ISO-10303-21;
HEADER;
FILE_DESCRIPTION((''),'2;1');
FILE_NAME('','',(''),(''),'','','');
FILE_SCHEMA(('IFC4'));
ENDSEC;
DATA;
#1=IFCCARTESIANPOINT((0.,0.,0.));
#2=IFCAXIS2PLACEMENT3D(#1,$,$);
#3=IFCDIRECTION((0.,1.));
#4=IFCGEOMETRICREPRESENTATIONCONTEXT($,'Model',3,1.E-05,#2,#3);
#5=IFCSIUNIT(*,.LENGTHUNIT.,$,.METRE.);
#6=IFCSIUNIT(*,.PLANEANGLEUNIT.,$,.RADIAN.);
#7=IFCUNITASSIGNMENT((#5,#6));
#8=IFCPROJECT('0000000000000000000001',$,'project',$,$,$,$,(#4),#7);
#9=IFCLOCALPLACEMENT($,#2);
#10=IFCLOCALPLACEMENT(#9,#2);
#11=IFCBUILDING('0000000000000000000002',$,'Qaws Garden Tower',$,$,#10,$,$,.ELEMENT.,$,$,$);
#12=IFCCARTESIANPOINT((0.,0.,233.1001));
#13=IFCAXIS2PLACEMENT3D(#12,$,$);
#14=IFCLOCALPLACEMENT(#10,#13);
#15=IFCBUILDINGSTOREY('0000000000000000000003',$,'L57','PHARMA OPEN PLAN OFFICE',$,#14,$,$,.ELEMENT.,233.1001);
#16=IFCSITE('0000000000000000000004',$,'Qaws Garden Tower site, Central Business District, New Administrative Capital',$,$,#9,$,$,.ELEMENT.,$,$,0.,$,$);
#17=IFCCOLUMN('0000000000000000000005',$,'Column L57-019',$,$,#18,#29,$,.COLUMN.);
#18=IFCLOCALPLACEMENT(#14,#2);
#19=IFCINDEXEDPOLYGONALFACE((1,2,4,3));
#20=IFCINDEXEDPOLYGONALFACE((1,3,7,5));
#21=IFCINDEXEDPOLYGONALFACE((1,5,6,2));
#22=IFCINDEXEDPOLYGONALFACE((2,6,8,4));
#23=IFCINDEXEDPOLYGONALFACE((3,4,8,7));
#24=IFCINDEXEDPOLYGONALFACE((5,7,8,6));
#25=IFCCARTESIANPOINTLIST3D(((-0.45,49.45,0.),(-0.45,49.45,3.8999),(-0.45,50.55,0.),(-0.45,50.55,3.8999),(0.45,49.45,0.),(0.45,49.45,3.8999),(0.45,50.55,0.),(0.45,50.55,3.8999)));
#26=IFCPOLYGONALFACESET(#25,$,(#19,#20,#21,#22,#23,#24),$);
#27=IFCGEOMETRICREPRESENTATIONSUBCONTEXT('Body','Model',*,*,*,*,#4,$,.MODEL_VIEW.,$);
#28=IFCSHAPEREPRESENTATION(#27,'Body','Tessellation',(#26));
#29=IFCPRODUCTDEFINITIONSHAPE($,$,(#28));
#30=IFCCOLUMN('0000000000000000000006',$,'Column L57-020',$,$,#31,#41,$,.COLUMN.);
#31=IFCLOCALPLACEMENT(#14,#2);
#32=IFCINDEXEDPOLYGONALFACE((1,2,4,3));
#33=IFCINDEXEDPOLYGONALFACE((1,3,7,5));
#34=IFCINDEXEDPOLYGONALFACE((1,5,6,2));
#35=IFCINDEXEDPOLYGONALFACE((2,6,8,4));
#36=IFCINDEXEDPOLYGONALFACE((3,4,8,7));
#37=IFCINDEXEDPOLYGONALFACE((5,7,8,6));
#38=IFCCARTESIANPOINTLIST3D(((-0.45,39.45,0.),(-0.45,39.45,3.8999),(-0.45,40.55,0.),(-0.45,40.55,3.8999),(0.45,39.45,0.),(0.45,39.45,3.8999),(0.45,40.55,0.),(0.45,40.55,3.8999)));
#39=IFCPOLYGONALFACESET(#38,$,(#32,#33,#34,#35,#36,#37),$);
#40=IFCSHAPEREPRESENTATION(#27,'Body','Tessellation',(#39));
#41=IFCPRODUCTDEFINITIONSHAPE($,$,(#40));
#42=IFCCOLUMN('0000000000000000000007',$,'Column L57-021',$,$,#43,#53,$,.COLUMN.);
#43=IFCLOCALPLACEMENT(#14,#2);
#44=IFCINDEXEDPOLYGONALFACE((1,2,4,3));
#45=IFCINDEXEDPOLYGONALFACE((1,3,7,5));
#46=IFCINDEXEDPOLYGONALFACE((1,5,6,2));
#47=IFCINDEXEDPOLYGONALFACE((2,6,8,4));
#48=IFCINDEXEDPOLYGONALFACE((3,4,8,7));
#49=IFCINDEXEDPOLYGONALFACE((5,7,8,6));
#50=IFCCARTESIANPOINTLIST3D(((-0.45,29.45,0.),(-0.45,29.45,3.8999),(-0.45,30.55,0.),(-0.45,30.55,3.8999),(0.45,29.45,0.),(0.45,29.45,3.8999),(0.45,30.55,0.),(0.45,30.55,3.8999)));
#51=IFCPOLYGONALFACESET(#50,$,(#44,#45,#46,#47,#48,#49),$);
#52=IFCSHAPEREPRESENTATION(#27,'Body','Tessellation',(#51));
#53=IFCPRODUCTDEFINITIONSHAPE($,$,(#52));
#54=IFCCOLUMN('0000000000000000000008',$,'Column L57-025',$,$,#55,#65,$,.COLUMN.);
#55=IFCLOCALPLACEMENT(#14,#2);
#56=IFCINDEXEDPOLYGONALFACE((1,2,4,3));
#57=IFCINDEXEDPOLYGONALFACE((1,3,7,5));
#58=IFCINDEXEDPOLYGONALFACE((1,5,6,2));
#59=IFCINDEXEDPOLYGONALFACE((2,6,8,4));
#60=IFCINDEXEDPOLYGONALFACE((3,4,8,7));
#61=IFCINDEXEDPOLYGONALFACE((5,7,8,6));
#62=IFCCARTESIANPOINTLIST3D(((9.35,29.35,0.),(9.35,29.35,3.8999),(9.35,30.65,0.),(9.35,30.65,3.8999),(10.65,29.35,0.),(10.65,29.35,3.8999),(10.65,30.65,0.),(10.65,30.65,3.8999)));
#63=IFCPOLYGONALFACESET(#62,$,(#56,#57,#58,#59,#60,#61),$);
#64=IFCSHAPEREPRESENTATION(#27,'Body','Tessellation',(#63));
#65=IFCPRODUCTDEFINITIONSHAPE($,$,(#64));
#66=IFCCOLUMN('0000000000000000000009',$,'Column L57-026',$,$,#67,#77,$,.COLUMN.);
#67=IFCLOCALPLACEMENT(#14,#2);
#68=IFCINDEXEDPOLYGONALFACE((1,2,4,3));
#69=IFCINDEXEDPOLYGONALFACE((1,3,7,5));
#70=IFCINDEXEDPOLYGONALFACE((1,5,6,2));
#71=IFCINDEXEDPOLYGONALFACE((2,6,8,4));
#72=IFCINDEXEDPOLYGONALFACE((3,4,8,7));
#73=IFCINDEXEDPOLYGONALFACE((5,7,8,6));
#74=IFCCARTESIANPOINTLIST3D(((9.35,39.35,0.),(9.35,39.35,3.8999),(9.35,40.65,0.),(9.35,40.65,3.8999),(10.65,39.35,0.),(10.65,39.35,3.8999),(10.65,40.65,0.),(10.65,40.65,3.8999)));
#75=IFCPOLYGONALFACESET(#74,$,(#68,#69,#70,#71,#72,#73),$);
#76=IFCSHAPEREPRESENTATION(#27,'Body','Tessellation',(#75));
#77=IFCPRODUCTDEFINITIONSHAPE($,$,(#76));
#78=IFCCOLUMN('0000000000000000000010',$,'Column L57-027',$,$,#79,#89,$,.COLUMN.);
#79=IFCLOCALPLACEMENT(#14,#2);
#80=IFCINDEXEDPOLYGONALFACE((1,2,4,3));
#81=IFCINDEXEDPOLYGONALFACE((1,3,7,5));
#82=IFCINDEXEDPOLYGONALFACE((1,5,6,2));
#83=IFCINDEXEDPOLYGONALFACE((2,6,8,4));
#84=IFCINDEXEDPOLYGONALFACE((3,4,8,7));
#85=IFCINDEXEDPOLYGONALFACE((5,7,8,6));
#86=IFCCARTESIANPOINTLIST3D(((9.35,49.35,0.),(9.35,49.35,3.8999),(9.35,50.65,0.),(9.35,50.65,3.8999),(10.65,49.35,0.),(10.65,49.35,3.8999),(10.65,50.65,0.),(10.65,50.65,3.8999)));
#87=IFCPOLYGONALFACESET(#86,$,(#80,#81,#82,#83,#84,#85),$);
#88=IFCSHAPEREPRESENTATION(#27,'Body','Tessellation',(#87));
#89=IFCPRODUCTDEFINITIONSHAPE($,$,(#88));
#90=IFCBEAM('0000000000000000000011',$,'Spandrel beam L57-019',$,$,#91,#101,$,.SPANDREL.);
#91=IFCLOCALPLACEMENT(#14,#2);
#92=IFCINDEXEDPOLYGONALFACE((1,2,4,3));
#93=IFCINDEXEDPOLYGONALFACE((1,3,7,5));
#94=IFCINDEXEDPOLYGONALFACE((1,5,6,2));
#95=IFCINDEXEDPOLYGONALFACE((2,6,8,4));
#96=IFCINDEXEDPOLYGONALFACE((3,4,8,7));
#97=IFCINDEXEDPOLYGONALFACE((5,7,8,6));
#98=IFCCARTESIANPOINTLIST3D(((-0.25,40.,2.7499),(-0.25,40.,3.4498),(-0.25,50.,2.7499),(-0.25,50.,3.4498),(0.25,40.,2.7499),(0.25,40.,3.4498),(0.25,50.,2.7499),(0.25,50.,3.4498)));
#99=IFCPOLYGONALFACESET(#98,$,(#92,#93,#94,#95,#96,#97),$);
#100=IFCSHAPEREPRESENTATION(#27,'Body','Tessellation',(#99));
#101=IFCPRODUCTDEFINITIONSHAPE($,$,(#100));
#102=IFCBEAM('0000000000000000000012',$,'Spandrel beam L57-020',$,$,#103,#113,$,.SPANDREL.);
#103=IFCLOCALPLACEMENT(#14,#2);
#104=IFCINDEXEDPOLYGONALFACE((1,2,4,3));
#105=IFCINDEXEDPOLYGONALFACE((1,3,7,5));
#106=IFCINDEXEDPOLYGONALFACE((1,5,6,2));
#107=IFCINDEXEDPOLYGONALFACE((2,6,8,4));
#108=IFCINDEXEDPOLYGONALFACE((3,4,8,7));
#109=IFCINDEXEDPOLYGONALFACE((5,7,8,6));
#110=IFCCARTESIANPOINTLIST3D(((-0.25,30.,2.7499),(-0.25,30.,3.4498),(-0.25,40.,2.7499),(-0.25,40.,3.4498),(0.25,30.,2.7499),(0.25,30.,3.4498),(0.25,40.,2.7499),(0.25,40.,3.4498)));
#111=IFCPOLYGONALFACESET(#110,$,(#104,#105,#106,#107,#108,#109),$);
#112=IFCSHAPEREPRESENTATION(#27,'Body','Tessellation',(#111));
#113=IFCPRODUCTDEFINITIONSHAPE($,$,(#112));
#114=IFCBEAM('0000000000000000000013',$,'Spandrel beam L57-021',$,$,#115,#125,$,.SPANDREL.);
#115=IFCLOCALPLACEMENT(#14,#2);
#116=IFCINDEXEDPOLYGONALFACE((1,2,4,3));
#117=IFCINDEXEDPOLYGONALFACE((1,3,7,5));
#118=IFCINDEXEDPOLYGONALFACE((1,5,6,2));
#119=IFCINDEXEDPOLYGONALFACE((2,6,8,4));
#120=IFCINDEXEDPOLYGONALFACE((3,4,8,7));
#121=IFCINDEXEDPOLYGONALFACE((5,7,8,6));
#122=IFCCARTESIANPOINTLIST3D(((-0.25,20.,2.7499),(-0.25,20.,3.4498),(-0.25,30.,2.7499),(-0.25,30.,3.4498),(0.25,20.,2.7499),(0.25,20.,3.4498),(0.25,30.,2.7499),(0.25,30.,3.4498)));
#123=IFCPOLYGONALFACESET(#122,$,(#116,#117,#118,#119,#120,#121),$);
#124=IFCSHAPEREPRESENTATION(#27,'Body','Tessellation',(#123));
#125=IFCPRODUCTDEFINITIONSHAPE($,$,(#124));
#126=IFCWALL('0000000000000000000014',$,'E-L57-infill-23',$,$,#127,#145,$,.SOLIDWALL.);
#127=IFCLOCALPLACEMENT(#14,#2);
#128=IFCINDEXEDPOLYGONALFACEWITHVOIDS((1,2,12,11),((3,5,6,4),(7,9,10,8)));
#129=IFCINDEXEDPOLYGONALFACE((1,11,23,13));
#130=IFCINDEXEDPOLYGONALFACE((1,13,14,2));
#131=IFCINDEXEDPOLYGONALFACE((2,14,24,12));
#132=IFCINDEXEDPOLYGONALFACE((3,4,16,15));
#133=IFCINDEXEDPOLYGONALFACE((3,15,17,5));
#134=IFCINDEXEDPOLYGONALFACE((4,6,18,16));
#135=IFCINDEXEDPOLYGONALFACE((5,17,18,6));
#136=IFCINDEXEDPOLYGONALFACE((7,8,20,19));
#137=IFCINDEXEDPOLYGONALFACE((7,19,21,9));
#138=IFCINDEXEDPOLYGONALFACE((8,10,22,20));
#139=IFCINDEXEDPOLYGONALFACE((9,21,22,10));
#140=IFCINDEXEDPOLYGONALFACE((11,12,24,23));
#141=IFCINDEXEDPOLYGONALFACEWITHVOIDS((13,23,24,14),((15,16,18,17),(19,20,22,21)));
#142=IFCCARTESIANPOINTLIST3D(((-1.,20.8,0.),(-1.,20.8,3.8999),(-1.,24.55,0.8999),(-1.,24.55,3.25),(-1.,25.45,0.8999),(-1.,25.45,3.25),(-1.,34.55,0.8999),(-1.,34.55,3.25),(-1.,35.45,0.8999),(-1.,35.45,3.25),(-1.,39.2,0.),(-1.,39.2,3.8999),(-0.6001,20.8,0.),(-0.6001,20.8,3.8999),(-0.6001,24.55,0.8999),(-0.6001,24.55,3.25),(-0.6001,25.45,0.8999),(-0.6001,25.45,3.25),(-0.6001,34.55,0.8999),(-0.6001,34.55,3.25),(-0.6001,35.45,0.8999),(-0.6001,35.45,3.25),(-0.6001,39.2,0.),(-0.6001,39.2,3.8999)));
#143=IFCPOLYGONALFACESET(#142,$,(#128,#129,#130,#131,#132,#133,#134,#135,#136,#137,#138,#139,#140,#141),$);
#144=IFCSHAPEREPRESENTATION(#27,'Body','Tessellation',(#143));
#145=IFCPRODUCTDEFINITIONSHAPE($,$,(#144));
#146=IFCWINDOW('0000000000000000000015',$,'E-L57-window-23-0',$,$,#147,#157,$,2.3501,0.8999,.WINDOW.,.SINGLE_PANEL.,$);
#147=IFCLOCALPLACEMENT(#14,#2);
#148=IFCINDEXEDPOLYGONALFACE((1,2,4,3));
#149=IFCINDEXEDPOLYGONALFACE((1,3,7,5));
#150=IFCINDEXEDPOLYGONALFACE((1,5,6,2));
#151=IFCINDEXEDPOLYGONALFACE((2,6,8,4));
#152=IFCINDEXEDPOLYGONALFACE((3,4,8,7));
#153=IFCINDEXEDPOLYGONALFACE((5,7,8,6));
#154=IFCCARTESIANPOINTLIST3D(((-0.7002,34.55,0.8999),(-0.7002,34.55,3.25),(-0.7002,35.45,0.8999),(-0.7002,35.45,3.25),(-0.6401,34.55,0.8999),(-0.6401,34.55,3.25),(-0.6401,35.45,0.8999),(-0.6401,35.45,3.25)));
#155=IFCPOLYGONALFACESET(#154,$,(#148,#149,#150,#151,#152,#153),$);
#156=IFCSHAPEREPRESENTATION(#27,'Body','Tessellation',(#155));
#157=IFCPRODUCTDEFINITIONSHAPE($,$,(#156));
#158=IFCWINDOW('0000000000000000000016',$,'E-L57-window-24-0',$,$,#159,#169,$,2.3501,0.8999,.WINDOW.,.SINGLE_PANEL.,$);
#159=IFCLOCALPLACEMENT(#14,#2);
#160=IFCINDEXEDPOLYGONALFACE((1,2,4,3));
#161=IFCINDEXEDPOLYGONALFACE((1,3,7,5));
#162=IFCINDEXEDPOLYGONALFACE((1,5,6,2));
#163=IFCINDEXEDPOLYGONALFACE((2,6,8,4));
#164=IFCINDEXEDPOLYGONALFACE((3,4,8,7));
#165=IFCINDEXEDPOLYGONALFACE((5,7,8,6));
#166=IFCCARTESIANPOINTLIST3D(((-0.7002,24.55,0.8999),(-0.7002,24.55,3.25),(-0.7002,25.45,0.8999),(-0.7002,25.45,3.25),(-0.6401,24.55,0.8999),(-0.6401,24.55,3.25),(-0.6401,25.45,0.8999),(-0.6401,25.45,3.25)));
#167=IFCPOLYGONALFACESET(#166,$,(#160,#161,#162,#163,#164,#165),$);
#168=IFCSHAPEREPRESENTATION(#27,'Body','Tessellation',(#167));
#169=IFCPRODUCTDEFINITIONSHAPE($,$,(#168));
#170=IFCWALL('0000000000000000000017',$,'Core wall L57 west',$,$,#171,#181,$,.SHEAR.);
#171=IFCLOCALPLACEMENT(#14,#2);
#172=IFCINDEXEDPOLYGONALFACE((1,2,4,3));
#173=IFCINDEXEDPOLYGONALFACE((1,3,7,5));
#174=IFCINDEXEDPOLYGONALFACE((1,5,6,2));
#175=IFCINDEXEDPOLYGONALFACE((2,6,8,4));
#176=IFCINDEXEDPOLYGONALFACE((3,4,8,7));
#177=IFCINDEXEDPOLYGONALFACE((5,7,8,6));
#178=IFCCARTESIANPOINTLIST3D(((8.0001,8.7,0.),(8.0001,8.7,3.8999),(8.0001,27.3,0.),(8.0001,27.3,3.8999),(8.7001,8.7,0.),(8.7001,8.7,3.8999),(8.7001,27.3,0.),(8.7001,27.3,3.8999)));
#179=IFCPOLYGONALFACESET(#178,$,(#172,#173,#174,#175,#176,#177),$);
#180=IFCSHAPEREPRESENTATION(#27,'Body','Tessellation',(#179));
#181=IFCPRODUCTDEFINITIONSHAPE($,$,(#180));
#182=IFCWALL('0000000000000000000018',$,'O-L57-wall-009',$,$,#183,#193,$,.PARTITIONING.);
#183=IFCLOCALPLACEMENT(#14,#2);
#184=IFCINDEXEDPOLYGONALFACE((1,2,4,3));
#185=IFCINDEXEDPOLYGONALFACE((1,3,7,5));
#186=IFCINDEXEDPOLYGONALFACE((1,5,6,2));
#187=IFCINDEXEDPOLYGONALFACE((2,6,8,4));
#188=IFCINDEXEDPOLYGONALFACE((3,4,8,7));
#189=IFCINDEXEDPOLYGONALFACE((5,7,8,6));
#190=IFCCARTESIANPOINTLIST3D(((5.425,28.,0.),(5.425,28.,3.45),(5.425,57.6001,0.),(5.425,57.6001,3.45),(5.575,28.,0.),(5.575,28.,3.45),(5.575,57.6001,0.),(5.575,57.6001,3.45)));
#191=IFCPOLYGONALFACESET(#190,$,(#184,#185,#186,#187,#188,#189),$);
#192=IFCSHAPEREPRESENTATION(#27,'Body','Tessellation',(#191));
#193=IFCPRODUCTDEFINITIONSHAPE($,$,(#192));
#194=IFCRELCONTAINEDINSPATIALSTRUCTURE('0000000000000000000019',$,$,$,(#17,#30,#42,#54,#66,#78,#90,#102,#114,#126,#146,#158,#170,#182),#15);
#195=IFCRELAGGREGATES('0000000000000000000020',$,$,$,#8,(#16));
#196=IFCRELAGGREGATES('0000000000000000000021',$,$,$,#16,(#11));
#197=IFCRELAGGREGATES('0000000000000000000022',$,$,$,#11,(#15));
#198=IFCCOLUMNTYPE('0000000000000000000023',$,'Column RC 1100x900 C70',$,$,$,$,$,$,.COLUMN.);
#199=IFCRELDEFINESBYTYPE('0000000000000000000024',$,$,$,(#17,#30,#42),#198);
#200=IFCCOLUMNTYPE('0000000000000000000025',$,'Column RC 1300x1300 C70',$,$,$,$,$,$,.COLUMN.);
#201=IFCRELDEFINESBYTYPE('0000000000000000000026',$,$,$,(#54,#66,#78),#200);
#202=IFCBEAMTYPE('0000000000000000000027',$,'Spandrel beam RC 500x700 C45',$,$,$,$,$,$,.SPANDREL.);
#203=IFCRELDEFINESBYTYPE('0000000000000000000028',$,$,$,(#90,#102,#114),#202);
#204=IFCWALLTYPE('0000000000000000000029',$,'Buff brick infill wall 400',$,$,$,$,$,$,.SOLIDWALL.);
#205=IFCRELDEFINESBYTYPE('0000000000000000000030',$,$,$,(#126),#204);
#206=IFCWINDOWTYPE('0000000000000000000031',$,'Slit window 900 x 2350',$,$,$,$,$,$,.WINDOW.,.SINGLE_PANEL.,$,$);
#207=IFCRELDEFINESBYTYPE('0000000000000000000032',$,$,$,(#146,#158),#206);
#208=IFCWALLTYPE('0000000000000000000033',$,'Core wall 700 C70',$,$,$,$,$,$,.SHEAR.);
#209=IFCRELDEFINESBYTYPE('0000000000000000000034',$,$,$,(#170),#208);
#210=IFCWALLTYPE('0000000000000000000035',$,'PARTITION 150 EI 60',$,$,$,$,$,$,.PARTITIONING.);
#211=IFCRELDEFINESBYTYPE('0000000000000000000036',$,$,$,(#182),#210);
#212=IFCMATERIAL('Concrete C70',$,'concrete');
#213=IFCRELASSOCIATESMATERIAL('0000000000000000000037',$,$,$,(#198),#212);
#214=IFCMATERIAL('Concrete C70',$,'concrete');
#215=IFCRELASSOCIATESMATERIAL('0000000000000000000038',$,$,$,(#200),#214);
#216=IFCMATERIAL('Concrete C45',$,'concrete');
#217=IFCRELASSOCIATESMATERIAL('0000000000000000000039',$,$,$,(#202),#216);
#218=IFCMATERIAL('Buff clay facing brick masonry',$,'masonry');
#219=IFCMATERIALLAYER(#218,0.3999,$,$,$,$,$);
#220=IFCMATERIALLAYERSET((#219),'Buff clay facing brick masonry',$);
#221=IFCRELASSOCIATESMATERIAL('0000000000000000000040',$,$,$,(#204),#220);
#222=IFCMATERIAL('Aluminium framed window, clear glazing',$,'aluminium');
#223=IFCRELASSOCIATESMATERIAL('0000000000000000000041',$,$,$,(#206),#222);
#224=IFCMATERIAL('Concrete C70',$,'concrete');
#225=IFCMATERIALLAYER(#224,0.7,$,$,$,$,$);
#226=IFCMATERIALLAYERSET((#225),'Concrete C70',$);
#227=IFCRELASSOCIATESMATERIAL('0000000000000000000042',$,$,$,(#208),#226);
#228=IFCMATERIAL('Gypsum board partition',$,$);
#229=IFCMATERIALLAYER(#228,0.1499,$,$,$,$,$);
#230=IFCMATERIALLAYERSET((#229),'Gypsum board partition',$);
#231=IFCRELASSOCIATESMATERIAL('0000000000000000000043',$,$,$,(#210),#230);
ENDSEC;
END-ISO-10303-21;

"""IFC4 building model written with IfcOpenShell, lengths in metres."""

from ifc_helpers import new_model, si_unit, direction, frame, frame_2d, origin, origin_2d, place, context, subcontext, project, spatial, rectangle, extrude, material, layer, layer_set, material_profile, profile_set, type_object, element, fill, save


model = new_model("IFC4")

# Units and contexts
model_context = context("Model", 3, precision=1e-05, world=origin(), true_north=direction((0.0, 1.0)))
body_context = subcontext(model_context, "Body", "Model", "MODEL_VIEW")
ifc_project = project(units=[si_unit("LENGTHUNIT", "METRE"), si_unit("PLANEANGLEUNIT", "RADIAN")], contexts=[model_context])

# Site, building, storey
site_placement = place(None, origin())
site = spatial("IfcSite", under=ifc_project, at=site_placement, Name="Qaws Garden Tower site, Central Business District, New Administrative Capital", CompositionType="ELEMENT", RefElevation=0.0)
building_placement = place(site_placement, origin())
building = spatial("IfcBuilding", under=site, at=building_placement, Name="Qaws Garden Tower", CompositionType="ELEMENT")
storey_placement = place(building_placement, frame((0.0, 0.0, 233.1001)))
storey = spatial("IfcBuildingStorey", under=building, at=storey_placement, Name="L57", Description="PHARMA OPEN PLAN OFFICE", CompositionType="ELEMENT", Elevation=233.1001)

# Columns
ifc_material_1 = material(Name="Concrete C70", Category="concrete")
ifc_material_profile_1 = material_profile(ifc_material_1, rectangle(XDim=1.1001, YDim=0.8999, at=origin_2d()), Name="RC 1100x900")
ifc_profile_set_1 = profile_set([ifc_material_profile_1], Name="Concrete C70")
column_type_1 = type_object("IfcColumnType", Name="Column RC 1100x900 C70", PredefinedType="COLUMN", material=ifc_profile_set_1)
for number, where, z_axis, x_axis, name in (
    (1, (0.0, 50.0, 0.0), (0.0, 0.0, 1.0), (0.0, 1.0, 0.0), "Column L57-019"),
    (2, (0.0, 40.0, 0.0), (0.0, 0.0, 1.0), (0.0, 1.0, 0.0), "Column L57-020"),
    (3, (0.0, 30.0, 0.0), (0.0, 0.0, 1.0), (0.0, 1.0, 0.0), "Column L57-021"),
):
    element("IfcColumn", number, at=place(storey_placement, frame(where, z_axis=z_axis, x_axis=x_axis)), inside=storey, type_object=column_type_1, Name=name, PredefinedType="COLUMN", context=body_context, shape_type="SweptSolid", body=[
        extrude(rectangle(XDim=1.1001, YDim=0.8999, at=origin_2d()), origin(), (0.0, 0.0, 1.0), 3.8999),
    ])
ifc_material_2 = material(Name="Concrete C70", Category="concrete")
ifc_material_profile_2 = material_profile(ifc_material_2, rectangle(XDim=1.3, YDim=1.3, at=origin_2d()), Name="RC 1300x1300")
ifc_profile_set_2 = profile_set([ifc_material_profile_2], Name="Concrete C70")
column_type_2 = type_object("IfcColumnType", Name="Column RC 1300x1300 C70", PredefinedType="COLUMN", material=ifc_profile_set_2)
for number, where, z_axis, x_axis, name in (
    (4, (10.0, 30.0, 0.0), (0.0, 0.0, 1.0), (1.0, 0.0, 0.0), "Column L57-025"),
    (5, (10.0, 40.0, 0.0), (0.0, 0.0, 1.0), (1.0, 0.0, 0.0), "Column L57-026"),
    (6, (10.0, 50.0, 0.0), (0.0, 0.0, 1.0), (1.0, 0.0, 0.0), "Column L57-027"),
):
    element("IfcColumn", number, at=place(storey_placement, frame(where, z_axis=z_axis, x_axis=x_axis)), inside=storey, type_object=column_type_2, Name=name, PredefinedType="COLUMN", context=body_context, shape_type="SweptSolid", body=[
        extrude(rectangle(XDim=1.3, YDim=1.3, at=origin_2d()), origin(), (0.0, 0.0, 1.0), 3.8999),
    ])

# Beams
ifc_material_3 = material(Name="Concrete C45", Category="concrete")
ifc_material_profile_3 = material_profile(ifc_material_3, rectangle(XDim=0.5, YDim=0.7, at=origin_2d()), Name="RC 500x700")
ifc_profile_set_3 = profile_set([ifc_material_profile_3], Name="Concrete C45")
beam_type = type_object("IfcBeamType", Name="Spandrel beam RC 500x700 C45", PredefinedType="SPANDREL", material=ifc_profile_set_3)
for number, where, z_axis, x_axis, name in (
    (7, (0.0, 50.0, 3.0999), (0.0, -1.0, 0.0), (1.0, 0.0, 0.0), "Spandrel beam L57-019"),
    (8, (0.0, 40.0, 3.0999), (0.0, -1.0, 0.0), (1.0, 0.0, 0.0), "Spandrel beam L57-020"),
    (9, (0.0, 30.0, 3.0999), (0.0, -1.0, 0.0), (1.0, 0.0, 0.0), "Spandrel beam L57-021"),
):
    element("IfcBeam", number, at=place(storey_placement, frame(where, z_axis=z_axis, x_axis=x_axis)), inside=storey, type_object=beam_type, Name=name, PredefinedType="SPANDREL", context=body_context, shape_type="SweptSolid", body=[
        extrude(rectangle(XDim=0.5, YDim=0.7, at=origin_2d()), origin(), (0.0, 0.0, 1.0), 10.0),
    ])

# Wall, openings, windows
ifc_material_4 = material(Name="Buff clay facing brick masonry", Category="masonry")
ifc_layer_1 = layer(ifc_material_4, 0.3999)
ifc_layer_set_1 = layer_set([ifc_layer_1], Name="Buff clay facing brick masonry")
wall_type_1 = type_object("IfcWallType", Name="Buff brick infill wall 400", PredefinedType="SOLIDWALL", material=ifc_layer_set_1)
wall_1_placement = place(storey_placement, frame((-0.8, 39.2, 0.0), z_axis=(0.0, 0.0, 1.0), x_axis=(0.0, -1.0, 0.0)))
wall_1 = element("IfcWall", 10, at=wall_1_placement, inside=storey, type_object=wall_type_1, Name="E-L57-infill-23", PredefinedType="SOLIDWALL", context=body_context, shape_type="SweptSolid", body=[
    extrude(rectangle(XDim=18.3999, YDim=0.3999, at=frame_2d((9.2, 0.0))), origin(), (0.0, 0.0, 1.0), 3.8999),
])
opening_1_placement = place(wall_1_placement, frame((3.75, 0.0, 0.8999)))
opening_1 = element("IfcOpeningElement", 11, at=opening_1_placement, cuts=wall_1, PredefinedType="OPENING", context=body_context, shape_type="SweptSolid", body=[
    extrude(rectangle(XDim=0.8999, YDim=2.3501, at=frame_2d((0.45, 1.175))), frame((0.0, 0.21, 0.0), z_axis=(0.0, -1.0, 0.0), x_axis=(1.0, 0.0, 0.0)), (0.0, 0.0, 1.0), 0.4199),
])
opening_2_placement = place(wall_1_placement, frame((13.75, 0.0, 0.8999)))
opening_2 = element("IfcOpeningElement", 12, at=opening_2_placement, cuts=wall_1, PredefinedType="OPENING", context=body_context, shape_type="SweptSolid", body=[
    extrude(rectangle(XDim=0.8999, YDim=2.3501, at=frame_2d((0.45, 1.175))), frame((0.0, 0.21, 0.0), z_axis=(0.0, -1.0, 0.0), x_axis=(1.0, 0.0, 0.0)), (0.0, 0.0, 1.0), 0.4199),
])
ifc_material_5 = material(Name="Aluminium framed window, clear glazing", Category="aluminium")
window_type = type_object("IfcWindowType", Name="Slit window 900 x 2350", PartitioningType="SINGLE_PANEL", PredefinedType="WINDOW", material=ifc_material_5)
window_1_placement = place(opening_1_placement, origin())
window_1 = element("IfcWindow", 13, at=window_1_placement, inside=storey, type_object=window_type, Name="E-L57-window-23-0", OverallHeight=2.3501, OverallWidth=0.8999, PartitioningType="SINGLE_PANEL", PredefinedType="WINDOW", context=body_context, shape_type="SweptSolid", body=[
    extrude(rectangle(XDim=0.8999, YDim=2.3501, at=frame_2d((0.45, 1.175))), frame((0.0, 0.1599, 0.0), z_axis=(0.0, -1.0, 0.0), x_axis=(1.0, 0.0, 0.0)), (0.0, 0.0, 1.0), 0.0601),
])
fill(opening_1, window_1)
window_2_placement = place(opening_2_placement, origin())
window_2 = element("IfcWindow", 14, at=window_2_placement, inside=storey, type_object=window_type, Name="E-L57-window-24-0", OverallHeight=2.3501, OverallWidth=0.8999, PartitioningType="SINGLE_PANEL", PredefinedType="WINDOW", context=body_context, shape_type="SweptSolid", body=[
    extrude(rectangle(XDim=0.8999, YDim=2.3501, at=frame_2d((0.45, 1.175))), frame((0.0, 0.1599, 0.0), z_axis=(0.0, -1.0, 0.0), x_axis=(1.0, 0.0, 0.0)), (0.0, 0.0, 1.0), 0.0601),
])
fill(opening_2, window_2)

# Walls
ifc_material_6 = material(Name="Concrete C70", Category="concrete")
ifc_layer_2 = layer(ifc_material_6, 0.7)
ifc_layer_set_2 = layer_set([ifc_layer_2], Name="Concrete C70")
wall_type_2 = type_object("IfcWallType", Name="Core wall 700 C70", PredefinedType="SHEAR", material=ifc_layer_set_2)
wall_2_placement = place(storey_placement, frame((8.3501, 27.3, 0.0), z_axis=(0.0, 0.0, 1.0), x_axis=(0.0, -1.0, 0.0)))
element("IfcWall", 15, at=wall_2_placement, inside=storey, type_object=wall_type_2, Name="Core wall L57 west", PredefinedType="SHEAR", context=body_context, shape_type="SweptSolid", body=[
    extrude(rectangle(XDim=18.6001, YDim=0.7, at=frame_2d((9.3, 0.0))), origin(), (0.0, 0.0, 1.0), 3.8999),
])
ifc_material_7 = material(Name="Gypsum board partition")
ifc_layer_3 = layer(ifc_material_7, 0.1499)
ifc_layer_set_3 = layer_set([ifc_layer_3], Name="Gypsum board partition")
wall_type_3 = type_object("IfcWallType", Name="PARTITION 150 EI 60", PredefinedType="PARTITIONING", material=ifc_layer_set_3)
wall_3_placement = place(storey_placement, frame((5.5, 28.0, 0.0), z_axis=(0.0, 0.0, 1.0), x_axis=(0.0, 1.0, 0.0)))
element("IfcWall", 16, at=wall_3_placement, inside=storey, type_object=wall_type_3, Name="O-L57-wall-009", PredefinedType="PARTITIONING", context=body_context, shape_type="SweptSolid", body=[
    extrude(rectangle(XDim=29.6001, YDim=0.1499, at=frame_2d((14.8, 0.0))), origin(), (0.0, 0.0, 1.0), 3.45),
])

save(model, "model.ifc")
